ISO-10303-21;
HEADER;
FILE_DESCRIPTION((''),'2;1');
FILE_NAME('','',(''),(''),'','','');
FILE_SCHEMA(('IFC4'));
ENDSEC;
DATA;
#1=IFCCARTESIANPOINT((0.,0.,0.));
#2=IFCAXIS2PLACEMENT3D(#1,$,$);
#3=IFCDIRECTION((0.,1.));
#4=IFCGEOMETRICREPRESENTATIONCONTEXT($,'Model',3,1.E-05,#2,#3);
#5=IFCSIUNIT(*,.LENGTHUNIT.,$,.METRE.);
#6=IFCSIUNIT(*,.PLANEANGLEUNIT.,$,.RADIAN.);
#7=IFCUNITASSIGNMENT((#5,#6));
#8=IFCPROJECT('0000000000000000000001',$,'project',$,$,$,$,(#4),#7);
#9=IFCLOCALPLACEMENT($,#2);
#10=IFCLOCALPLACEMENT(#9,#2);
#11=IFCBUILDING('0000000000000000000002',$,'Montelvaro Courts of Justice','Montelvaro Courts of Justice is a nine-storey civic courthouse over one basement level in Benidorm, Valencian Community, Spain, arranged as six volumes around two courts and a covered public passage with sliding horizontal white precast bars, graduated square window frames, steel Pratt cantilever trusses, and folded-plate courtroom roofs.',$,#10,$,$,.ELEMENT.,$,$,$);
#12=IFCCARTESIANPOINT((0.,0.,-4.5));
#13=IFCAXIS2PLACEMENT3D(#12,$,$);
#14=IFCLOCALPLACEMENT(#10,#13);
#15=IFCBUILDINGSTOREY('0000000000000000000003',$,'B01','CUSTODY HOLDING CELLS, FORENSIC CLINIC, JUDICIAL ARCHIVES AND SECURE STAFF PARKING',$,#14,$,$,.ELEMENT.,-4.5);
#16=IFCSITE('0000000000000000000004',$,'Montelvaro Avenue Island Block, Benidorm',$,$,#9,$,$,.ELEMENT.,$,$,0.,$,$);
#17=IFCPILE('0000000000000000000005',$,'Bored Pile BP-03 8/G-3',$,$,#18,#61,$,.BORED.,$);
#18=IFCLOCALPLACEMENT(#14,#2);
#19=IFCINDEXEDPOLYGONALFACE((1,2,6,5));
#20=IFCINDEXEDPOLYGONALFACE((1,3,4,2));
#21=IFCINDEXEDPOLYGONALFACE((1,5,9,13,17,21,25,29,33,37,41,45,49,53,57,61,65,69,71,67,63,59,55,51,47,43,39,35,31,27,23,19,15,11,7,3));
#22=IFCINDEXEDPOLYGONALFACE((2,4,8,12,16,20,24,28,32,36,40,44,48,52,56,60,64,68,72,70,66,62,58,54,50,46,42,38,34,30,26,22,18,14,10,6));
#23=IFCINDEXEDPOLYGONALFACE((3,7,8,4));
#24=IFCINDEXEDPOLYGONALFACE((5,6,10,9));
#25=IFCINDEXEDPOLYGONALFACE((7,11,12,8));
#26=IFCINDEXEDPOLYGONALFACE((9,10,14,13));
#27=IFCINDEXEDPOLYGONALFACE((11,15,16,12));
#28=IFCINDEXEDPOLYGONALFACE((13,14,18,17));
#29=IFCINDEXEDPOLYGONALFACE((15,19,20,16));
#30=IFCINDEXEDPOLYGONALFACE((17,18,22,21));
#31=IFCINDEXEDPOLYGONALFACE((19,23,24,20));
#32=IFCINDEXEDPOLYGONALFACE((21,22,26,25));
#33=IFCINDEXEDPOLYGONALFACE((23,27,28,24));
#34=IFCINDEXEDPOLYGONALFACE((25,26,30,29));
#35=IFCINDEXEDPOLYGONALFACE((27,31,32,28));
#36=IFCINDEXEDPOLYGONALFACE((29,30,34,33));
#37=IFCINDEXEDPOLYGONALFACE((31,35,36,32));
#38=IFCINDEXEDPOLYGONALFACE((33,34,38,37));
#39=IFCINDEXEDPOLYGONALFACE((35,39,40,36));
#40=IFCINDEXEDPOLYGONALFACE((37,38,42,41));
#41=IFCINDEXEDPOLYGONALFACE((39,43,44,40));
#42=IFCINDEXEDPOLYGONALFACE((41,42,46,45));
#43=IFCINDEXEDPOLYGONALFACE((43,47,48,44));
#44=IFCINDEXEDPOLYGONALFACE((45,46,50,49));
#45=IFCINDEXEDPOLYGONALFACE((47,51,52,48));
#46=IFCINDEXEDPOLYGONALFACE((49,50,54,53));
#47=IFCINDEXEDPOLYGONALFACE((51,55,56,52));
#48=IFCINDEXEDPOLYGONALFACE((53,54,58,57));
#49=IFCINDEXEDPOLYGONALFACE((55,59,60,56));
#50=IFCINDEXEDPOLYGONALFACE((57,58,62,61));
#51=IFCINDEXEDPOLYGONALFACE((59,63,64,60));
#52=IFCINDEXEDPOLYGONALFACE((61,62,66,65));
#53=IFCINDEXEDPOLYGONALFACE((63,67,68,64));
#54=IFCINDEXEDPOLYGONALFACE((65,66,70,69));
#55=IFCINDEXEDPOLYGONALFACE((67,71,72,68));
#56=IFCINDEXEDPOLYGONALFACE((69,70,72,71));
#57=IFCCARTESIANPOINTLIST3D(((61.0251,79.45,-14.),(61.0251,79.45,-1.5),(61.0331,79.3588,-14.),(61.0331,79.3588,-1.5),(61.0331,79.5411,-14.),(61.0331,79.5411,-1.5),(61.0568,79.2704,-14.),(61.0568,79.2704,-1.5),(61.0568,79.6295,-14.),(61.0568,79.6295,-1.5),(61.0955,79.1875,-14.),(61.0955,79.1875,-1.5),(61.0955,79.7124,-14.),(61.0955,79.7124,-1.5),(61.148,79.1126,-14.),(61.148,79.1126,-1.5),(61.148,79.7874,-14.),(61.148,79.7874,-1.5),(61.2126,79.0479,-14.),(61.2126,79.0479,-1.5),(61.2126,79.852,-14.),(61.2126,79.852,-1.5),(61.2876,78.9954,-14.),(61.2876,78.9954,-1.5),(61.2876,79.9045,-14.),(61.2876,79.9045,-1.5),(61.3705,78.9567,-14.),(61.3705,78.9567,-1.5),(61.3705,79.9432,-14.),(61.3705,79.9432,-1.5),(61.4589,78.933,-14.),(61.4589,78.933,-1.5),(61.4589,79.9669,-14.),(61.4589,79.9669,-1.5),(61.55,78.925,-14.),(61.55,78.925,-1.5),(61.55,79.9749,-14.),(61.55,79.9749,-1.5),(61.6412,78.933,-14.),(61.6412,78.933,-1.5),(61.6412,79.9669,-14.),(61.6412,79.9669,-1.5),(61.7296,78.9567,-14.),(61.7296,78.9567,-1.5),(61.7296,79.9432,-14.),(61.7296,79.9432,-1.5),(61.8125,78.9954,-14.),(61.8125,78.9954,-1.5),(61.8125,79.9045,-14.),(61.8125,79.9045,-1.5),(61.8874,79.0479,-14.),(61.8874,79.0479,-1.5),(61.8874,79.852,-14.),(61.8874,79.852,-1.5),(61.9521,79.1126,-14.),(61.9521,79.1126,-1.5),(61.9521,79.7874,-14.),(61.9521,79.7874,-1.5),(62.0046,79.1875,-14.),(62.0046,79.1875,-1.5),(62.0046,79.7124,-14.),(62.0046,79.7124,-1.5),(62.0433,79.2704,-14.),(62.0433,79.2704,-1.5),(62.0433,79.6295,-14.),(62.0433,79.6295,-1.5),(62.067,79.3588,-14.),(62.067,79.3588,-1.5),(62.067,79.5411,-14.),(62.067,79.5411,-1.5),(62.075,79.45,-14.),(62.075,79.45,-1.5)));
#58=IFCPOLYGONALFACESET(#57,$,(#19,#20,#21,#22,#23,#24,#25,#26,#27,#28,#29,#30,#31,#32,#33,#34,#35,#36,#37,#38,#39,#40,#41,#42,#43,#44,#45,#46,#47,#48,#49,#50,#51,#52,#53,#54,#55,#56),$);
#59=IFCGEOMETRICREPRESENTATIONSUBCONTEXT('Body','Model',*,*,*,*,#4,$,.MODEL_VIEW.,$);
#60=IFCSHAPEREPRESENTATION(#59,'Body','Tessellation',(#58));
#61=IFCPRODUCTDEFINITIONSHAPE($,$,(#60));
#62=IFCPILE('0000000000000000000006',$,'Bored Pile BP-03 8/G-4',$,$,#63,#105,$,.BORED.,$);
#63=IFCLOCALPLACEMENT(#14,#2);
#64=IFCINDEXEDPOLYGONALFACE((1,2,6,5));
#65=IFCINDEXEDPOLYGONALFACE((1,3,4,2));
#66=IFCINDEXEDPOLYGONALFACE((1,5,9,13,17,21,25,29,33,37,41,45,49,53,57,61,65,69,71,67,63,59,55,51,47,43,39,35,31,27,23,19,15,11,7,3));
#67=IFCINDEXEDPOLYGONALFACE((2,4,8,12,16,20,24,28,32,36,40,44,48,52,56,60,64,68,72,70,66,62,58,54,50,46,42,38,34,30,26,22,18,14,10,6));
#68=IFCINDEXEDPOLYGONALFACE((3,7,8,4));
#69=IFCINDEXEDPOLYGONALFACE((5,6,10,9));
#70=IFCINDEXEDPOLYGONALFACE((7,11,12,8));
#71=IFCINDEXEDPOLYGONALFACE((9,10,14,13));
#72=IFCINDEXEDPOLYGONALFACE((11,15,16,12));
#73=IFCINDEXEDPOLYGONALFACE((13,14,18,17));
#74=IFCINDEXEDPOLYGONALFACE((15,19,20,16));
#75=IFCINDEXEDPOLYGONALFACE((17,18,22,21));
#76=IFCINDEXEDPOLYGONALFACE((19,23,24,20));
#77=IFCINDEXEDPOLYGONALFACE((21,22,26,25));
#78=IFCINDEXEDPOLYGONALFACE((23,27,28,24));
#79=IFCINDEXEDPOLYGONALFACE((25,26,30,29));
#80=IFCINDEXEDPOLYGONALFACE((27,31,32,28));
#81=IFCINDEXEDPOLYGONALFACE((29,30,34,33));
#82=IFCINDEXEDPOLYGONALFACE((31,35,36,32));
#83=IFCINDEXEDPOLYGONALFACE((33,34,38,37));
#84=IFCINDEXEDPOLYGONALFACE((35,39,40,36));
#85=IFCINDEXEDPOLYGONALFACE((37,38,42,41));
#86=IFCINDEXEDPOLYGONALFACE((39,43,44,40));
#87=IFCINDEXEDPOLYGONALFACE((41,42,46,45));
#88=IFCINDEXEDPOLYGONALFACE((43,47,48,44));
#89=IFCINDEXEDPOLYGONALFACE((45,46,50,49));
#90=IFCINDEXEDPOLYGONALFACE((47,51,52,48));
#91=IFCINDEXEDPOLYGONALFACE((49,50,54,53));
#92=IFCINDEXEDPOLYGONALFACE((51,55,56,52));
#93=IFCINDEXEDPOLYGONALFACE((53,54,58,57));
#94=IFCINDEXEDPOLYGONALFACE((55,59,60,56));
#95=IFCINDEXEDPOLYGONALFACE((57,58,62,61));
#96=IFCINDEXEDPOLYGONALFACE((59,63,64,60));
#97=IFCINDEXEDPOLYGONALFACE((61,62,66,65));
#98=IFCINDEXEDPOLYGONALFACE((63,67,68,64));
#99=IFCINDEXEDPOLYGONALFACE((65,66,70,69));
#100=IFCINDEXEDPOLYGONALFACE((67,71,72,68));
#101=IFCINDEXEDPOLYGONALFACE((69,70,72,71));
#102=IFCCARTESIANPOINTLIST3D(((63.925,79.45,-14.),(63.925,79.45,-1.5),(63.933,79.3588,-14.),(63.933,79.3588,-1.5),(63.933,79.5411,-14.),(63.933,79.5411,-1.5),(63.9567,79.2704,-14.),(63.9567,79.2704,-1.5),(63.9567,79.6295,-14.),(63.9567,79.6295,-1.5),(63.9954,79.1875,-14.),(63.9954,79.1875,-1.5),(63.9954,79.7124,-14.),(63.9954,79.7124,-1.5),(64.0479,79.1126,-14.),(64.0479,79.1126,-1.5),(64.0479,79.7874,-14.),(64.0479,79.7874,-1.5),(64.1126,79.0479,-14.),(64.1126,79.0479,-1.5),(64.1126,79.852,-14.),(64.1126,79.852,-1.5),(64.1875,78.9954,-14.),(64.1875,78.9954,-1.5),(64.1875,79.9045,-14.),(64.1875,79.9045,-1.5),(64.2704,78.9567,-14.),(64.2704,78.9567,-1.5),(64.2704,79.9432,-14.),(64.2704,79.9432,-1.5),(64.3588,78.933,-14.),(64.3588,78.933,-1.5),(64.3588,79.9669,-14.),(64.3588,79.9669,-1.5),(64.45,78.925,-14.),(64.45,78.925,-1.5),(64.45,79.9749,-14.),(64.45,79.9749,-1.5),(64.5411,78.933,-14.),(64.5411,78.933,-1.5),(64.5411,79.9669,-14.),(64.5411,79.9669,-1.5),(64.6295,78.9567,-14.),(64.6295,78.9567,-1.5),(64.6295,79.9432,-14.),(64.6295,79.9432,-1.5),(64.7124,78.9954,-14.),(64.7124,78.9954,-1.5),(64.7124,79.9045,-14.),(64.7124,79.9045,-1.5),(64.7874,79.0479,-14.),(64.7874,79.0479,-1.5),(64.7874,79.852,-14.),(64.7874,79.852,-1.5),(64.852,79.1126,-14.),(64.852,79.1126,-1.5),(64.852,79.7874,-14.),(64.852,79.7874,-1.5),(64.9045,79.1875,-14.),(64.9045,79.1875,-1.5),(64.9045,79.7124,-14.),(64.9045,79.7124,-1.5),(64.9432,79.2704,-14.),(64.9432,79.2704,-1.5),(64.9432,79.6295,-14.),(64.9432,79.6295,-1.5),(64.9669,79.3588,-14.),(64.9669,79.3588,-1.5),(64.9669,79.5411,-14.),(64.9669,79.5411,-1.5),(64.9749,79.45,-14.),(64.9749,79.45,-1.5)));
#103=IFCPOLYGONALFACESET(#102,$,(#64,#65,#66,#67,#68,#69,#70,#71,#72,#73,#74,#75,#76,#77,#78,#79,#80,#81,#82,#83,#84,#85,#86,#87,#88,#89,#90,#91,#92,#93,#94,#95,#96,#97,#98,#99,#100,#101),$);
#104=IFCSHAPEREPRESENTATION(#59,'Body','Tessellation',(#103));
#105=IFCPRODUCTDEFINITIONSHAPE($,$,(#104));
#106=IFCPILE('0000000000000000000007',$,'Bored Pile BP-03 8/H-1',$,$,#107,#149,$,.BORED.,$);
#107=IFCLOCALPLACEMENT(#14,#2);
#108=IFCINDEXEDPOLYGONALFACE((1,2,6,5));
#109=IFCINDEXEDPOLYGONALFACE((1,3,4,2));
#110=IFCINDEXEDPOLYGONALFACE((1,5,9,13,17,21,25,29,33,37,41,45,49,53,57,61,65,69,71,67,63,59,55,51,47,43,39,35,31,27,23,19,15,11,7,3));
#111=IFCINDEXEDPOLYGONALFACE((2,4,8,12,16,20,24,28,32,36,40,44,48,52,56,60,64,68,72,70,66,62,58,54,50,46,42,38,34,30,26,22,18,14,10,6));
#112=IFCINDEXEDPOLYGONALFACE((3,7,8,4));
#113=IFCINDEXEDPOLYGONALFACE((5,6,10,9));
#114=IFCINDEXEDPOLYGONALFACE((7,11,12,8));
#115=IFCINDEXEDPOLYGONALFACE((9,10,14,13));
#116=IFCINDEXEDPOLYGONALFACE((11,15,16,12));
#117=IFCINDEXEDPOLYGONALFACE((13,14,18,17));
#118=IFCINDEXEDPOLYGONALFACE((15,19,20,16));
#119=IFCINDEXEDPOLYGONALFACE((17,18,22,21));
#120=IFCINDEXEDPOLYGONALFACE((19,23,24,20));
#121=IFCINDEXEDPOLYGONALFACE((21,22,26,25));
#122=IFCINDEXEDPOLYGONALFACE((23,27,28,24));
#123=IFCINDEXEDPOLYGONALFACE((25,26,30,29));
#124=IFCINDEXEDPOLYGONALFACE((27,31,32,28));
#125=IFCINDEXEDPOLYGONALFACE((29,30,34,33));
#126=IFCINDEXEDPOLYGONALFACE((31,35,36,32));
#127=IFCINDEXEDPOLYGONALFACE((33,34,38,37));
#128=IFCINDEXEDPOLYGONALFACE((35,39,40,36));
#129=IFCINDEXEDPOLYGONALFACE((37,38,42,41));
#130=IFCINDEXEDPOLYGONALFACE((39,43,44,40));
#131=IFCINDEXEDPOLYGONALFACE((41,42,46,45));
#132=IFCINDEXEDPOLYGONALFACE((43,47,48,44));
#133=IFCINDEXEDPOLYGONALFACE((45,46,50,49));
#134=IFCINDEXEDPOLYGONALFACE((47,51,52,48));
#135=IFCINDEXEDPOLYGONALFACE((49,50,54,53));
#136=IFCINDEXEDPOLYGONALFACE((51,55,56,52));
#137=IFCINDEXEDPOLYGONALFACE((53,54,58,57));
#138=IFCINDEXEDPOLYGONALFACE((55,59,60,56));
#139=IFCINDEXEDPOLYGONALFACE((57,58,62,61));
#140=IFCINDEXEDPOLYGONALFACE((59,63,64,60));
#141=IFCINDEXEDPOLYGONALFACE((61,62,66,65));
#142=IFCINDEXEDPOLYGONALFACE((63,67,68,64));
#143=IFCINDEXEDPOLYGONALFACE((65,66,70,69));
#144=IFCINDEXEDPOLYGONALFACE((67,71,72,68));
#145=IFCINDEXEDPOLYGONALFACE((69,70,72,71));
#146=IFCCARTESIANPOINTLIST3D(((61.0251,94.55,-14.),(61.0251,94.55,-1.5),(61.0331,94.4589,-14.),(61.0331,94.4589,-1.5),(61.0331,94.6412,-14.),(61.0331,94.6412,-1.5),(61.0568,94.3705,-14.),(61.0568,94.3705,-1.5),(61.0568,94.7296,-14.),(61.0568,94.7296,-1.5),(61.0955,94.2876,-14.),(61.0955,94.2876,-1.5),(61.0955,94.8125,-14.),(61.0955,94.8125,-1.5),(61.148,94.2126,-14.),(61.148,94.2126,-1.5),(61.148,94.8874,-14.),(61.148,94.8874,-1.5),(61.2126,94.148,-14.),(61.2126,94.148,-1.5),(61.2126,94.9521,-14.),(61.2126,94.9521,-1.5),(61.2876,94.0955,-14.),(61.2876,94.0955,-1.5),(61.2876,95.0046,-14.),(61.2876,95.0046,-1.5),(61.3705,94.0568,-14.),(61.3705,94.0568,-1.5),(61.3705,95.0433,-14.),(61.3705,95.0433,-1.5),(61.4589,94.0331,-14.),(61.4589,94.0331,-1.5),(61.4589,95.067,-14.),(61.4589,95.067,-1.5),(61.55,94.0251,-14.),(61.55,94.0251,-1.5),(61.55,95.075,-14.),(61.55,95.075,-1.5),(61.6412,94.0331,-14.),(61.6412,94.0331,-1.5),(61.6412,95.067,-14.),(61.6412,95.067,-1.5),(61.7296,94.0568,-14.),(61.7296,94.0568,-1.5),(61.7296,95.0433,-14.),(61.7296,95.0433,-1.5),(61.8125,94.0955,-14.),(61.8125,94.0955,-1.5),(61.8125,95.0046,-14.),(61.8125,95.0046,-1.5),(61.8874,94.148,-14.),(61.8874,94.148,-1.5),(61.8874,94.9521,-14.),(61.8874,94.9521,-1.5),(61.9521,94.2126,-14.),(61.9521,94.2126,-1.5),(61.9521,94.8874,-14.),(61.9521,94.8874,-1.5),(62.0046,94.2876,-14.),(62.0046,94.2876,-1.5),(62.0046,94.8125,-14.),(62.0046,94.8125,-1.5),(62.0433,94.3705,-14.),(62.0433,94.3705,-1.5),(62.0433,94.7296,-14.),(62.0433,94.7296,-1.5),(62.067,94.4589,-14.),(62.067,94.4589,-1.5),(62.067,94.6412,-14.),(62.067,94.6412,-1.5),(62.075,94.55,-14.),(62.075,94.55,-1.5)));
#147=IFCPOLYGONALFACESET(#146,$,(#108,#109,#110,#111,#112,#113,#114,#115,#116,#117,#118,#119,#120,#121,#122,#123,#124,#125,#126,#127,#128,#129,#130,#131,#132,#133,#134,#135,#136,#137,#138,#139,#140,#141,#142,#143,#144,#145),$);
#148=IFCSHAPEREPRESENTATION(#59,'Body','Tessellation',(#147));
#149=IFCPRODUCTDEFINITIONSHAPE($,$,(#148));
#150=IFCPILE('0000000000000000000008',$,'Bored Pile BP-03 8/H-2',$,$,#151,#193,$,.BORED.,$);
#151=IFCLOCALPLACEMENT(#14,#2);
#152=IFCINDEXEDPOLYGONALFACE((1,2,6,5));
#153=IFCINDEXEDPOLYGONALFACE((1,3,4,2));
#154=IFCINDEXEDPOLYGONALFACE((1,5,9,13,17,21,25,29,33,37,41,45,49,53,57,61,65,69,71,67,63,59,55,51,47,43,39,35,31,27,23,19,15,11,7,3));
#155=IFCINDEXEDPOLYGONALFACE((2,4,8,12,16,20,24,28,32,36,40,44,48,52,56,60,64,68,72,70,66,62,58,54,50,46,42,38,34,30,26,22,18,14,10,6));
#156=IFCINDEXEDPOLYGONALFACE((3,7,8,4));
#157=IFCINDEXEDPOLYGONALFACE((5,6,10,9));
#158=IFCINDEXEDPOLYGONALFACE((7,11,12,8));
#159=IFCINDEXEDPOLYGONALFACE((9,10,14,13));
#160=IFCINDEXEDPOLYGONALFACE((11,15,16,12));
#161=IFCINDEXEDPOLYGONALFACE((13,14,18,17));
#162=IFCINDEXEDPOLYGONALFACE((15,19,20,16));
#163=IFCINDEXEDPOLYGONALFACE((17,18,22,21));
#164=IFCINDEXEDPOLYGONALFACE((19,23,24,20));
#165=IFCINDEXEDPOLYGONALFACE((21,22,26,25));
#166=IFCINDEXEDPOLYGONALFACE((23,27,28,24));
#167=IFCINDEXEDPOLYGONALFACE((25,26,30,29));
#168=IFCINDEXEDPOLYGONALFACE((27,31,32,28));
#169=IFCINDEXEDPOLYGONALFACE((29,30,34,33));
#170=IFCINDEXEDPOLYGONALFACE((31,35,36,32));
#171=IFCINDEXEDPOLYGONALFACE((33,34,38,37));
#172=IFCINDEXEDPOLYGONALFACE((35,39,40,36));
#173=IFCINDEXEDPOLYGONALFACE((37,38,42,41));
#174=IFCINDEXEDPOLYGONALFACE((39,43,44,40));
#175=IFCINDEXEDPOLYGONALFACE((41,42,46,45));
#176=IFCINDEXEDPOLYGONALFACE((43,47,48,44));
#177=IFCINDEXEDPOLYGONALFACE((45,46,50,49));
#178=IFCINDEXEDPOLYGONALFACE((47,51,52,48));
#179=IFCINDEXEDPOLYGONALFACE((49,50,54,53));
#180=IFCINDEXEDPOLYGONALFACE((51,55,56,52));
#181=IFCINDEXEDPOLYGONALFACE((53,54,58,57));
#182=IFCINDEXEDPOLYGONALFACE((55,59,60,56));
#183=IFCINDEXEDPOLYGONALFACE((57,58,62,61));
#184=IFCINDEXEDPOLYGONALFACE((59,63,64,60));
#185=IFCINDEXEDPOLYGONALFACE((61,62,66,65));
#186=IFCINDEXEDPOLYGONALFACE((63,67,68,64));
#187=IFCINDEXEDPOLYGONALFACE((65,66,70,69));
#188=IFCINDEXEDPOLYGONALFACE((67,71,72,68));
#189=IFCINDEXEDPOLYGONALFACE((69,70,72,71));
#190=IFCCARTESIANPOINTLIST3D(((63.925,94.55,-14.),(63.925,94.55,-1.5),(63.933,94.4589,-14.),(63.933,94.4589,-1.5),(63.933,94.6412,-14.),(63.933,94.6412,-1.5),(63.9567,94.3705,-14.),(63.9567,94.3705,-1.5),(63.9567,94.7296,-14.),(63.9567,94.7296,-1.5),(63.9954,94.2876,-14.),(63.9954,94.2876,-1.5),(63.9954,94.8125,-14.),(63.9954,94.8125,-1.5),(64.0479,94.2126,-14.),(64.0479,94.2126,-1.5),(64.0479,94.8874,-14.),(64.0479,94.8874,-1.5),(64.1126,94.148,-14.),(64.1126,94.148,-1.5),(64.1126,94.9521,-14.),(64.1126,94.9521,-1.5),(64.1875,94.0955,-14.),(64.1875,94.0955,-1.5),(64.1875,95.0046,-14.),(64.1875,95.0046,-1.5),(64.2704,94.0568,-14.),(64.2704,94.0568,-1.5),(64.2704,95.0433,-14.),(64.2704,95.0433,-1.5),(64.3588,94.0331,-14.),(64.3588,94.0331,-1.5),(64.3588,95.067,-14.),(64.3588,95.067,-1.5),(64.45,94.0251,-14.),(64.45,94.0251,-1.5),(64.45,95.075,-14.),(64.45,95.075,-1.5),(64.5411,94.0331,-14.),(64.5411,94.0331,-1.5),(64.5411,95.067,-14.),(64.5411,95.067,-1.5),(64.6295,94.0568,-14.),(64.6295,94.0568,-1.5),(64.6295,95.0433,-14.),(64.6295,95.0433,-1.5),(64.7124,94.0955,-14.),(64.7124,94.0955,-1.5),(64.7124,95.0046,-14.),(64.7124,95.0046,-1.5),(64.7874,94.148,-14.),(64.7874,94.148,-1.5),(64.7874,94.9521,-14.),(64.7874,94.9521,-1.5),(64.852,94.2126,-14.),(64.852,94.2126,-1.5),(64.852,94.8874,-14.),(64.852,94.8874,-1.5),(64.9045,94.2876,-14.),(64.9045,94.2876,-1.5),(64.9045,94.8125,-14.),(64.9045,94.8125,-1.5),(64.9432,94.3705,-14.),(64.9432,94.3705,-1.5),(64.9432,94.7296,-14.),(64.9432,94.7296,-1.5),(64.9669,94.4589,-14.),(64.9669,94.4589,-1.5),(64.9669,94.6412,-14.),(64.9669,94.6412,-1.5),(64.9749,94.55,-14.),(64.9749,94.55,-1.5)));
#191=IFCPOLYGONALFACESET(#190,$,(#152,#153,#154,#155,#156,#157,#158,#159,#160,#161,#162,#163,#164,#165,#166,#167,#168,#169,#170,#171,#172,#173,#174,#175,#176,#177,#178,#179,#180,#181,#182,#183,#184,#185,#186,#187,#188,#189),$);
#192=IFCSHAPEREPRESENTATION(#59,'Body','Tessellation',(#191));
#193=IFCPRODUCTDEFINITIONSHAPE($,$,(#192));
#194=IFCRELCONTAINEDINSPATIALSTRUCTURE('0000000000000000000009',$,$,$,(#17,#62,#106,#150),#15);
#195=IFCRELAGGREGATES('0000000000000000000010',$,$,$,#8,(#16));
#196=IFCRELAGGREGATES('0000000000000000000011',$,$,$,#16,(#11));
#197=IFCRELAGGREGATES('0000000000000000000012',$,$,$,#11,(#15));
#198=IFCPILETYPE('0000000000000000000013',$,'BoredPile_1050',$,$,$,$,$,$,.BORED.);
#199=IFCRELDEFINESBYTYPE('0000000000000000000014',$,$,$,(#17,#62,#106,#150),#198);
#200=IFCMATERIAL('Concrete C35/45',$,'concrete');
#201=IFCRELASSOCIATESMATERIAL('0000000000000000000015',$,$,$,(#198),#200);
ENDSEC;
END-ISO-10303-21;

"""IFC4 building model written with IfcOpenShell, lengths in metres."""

from ifc_helpers import new_model, si_unit, direction, frame, origin, origin_2d, place, context, subcontext, project, spatial, circle, extrude, material, material_profile, profile_set, type_object, element, save


model = new_model("IFC4")

# Units and contexts
model_context = context("Model", 3, precision=1e-05, world=origin(), true_north=direction((0.0, 1.0)))
body_context = subcontext(model_context, "Body", "Model", "MODEL_VIEW")
ifc_project = project(units=[si_unit("LENGTHUNIT", "METRE"), si_unit("PLANEANGLEUNIT", "RADIAN")], contexts=[model_context])

# Site, building, storey
site_placement = place(None, origin())
site = spatial("IfcSite", under=ifc_project, at=site_placement, Name="Montelvaro Avenue Island Block, Benidorm", CompositionType="ELEMENT", RefElevation=0.0)
building_placement = place(site_placement, origin())
building = spatial("IfcBuilding", under=site, at=building_placement, Name="Montelvaro Courts of Justice", Description="Montelvaro Courts of Justice is a nine-storey civic courthouse over one basement level in Benidorm, Valencian Community, Spain, arranged as six volumes around two courts and a covered public passage with sliding horizontal white precast bars, graduated square window frames, steel Pratt cantilever trusses, and folded-plate courtroom roofs.", CompositionType="ELEMENT")
storey_placement = place(building_placement, frame((0.0, 0.0, -4.5)))
storey = spatial("IfcBuildingStorey", under=building, at=storey_placement, Name="B01", Description="CUSTODY HOLDING CELLS, FORENSIC CLINIC, JUDICIAL ARCHIVES AND SECURE STAFF PARKING", CompositionType="ELEMENT", Elevation=-4.5)

# Piles
ifc_material_1 = material(Name="Concrete C35/45", Category="concrete")
ifc_material_profile_1 = material_profile(ifc_material_1, circle(Radius=0.5249, at=origin_2d()), Name="BORED PILE D1050")
ifc_profile_set_1 = profile_set([ifc_material_profile_1], Name="Concrete C35/45")
pile_type_1 = type_object("IfcPileType", Name="BoredPile_1050", PredefinedType="BORED", material=ifc_profile_set_1)
for number, where, z_axis, x_axis, name in (
    (1, (61.55, 79.45, -1.5), (0.0, 0.0, -1.0), (1.0, 0.0, 0.0), "Bored Pile BP-03 8/G-3"),
    (2, (64.45, 79.45, -1.5), (0.0, 0.0, -1.0), (1.0, 0.0, 0.0), "Bored Pile BP-03 8/G-4"),
    (3, (61.55, 94.55, -1.5), (0.0, 0.0, -1.0), (1.0, 0.0, 0.0), "Bored Pile BP-03 8/H-1"),
    (4, (64.45, 94.55, -1.5), (0.0, 0.0, -1.0), (1.0, 0.0, 0.0), "Bored Pile BP-03 8/H-2"),
):
    element("IfcPile", number, at=place(storey_placement, frame(where, z_axis=z_axis, x_axis=x_axis)), inside=storey, type_object=pile_type_1, Name=name, PredefinedType="BORED", context=body_context, shape_type="SweptSolid", body=[
        extrude(circle(Radius=0.5249, at=origin_2d()), origin(), (0.0, 0.0, 1.0), 12.5),
    ])

save(model, "model.ifc")
